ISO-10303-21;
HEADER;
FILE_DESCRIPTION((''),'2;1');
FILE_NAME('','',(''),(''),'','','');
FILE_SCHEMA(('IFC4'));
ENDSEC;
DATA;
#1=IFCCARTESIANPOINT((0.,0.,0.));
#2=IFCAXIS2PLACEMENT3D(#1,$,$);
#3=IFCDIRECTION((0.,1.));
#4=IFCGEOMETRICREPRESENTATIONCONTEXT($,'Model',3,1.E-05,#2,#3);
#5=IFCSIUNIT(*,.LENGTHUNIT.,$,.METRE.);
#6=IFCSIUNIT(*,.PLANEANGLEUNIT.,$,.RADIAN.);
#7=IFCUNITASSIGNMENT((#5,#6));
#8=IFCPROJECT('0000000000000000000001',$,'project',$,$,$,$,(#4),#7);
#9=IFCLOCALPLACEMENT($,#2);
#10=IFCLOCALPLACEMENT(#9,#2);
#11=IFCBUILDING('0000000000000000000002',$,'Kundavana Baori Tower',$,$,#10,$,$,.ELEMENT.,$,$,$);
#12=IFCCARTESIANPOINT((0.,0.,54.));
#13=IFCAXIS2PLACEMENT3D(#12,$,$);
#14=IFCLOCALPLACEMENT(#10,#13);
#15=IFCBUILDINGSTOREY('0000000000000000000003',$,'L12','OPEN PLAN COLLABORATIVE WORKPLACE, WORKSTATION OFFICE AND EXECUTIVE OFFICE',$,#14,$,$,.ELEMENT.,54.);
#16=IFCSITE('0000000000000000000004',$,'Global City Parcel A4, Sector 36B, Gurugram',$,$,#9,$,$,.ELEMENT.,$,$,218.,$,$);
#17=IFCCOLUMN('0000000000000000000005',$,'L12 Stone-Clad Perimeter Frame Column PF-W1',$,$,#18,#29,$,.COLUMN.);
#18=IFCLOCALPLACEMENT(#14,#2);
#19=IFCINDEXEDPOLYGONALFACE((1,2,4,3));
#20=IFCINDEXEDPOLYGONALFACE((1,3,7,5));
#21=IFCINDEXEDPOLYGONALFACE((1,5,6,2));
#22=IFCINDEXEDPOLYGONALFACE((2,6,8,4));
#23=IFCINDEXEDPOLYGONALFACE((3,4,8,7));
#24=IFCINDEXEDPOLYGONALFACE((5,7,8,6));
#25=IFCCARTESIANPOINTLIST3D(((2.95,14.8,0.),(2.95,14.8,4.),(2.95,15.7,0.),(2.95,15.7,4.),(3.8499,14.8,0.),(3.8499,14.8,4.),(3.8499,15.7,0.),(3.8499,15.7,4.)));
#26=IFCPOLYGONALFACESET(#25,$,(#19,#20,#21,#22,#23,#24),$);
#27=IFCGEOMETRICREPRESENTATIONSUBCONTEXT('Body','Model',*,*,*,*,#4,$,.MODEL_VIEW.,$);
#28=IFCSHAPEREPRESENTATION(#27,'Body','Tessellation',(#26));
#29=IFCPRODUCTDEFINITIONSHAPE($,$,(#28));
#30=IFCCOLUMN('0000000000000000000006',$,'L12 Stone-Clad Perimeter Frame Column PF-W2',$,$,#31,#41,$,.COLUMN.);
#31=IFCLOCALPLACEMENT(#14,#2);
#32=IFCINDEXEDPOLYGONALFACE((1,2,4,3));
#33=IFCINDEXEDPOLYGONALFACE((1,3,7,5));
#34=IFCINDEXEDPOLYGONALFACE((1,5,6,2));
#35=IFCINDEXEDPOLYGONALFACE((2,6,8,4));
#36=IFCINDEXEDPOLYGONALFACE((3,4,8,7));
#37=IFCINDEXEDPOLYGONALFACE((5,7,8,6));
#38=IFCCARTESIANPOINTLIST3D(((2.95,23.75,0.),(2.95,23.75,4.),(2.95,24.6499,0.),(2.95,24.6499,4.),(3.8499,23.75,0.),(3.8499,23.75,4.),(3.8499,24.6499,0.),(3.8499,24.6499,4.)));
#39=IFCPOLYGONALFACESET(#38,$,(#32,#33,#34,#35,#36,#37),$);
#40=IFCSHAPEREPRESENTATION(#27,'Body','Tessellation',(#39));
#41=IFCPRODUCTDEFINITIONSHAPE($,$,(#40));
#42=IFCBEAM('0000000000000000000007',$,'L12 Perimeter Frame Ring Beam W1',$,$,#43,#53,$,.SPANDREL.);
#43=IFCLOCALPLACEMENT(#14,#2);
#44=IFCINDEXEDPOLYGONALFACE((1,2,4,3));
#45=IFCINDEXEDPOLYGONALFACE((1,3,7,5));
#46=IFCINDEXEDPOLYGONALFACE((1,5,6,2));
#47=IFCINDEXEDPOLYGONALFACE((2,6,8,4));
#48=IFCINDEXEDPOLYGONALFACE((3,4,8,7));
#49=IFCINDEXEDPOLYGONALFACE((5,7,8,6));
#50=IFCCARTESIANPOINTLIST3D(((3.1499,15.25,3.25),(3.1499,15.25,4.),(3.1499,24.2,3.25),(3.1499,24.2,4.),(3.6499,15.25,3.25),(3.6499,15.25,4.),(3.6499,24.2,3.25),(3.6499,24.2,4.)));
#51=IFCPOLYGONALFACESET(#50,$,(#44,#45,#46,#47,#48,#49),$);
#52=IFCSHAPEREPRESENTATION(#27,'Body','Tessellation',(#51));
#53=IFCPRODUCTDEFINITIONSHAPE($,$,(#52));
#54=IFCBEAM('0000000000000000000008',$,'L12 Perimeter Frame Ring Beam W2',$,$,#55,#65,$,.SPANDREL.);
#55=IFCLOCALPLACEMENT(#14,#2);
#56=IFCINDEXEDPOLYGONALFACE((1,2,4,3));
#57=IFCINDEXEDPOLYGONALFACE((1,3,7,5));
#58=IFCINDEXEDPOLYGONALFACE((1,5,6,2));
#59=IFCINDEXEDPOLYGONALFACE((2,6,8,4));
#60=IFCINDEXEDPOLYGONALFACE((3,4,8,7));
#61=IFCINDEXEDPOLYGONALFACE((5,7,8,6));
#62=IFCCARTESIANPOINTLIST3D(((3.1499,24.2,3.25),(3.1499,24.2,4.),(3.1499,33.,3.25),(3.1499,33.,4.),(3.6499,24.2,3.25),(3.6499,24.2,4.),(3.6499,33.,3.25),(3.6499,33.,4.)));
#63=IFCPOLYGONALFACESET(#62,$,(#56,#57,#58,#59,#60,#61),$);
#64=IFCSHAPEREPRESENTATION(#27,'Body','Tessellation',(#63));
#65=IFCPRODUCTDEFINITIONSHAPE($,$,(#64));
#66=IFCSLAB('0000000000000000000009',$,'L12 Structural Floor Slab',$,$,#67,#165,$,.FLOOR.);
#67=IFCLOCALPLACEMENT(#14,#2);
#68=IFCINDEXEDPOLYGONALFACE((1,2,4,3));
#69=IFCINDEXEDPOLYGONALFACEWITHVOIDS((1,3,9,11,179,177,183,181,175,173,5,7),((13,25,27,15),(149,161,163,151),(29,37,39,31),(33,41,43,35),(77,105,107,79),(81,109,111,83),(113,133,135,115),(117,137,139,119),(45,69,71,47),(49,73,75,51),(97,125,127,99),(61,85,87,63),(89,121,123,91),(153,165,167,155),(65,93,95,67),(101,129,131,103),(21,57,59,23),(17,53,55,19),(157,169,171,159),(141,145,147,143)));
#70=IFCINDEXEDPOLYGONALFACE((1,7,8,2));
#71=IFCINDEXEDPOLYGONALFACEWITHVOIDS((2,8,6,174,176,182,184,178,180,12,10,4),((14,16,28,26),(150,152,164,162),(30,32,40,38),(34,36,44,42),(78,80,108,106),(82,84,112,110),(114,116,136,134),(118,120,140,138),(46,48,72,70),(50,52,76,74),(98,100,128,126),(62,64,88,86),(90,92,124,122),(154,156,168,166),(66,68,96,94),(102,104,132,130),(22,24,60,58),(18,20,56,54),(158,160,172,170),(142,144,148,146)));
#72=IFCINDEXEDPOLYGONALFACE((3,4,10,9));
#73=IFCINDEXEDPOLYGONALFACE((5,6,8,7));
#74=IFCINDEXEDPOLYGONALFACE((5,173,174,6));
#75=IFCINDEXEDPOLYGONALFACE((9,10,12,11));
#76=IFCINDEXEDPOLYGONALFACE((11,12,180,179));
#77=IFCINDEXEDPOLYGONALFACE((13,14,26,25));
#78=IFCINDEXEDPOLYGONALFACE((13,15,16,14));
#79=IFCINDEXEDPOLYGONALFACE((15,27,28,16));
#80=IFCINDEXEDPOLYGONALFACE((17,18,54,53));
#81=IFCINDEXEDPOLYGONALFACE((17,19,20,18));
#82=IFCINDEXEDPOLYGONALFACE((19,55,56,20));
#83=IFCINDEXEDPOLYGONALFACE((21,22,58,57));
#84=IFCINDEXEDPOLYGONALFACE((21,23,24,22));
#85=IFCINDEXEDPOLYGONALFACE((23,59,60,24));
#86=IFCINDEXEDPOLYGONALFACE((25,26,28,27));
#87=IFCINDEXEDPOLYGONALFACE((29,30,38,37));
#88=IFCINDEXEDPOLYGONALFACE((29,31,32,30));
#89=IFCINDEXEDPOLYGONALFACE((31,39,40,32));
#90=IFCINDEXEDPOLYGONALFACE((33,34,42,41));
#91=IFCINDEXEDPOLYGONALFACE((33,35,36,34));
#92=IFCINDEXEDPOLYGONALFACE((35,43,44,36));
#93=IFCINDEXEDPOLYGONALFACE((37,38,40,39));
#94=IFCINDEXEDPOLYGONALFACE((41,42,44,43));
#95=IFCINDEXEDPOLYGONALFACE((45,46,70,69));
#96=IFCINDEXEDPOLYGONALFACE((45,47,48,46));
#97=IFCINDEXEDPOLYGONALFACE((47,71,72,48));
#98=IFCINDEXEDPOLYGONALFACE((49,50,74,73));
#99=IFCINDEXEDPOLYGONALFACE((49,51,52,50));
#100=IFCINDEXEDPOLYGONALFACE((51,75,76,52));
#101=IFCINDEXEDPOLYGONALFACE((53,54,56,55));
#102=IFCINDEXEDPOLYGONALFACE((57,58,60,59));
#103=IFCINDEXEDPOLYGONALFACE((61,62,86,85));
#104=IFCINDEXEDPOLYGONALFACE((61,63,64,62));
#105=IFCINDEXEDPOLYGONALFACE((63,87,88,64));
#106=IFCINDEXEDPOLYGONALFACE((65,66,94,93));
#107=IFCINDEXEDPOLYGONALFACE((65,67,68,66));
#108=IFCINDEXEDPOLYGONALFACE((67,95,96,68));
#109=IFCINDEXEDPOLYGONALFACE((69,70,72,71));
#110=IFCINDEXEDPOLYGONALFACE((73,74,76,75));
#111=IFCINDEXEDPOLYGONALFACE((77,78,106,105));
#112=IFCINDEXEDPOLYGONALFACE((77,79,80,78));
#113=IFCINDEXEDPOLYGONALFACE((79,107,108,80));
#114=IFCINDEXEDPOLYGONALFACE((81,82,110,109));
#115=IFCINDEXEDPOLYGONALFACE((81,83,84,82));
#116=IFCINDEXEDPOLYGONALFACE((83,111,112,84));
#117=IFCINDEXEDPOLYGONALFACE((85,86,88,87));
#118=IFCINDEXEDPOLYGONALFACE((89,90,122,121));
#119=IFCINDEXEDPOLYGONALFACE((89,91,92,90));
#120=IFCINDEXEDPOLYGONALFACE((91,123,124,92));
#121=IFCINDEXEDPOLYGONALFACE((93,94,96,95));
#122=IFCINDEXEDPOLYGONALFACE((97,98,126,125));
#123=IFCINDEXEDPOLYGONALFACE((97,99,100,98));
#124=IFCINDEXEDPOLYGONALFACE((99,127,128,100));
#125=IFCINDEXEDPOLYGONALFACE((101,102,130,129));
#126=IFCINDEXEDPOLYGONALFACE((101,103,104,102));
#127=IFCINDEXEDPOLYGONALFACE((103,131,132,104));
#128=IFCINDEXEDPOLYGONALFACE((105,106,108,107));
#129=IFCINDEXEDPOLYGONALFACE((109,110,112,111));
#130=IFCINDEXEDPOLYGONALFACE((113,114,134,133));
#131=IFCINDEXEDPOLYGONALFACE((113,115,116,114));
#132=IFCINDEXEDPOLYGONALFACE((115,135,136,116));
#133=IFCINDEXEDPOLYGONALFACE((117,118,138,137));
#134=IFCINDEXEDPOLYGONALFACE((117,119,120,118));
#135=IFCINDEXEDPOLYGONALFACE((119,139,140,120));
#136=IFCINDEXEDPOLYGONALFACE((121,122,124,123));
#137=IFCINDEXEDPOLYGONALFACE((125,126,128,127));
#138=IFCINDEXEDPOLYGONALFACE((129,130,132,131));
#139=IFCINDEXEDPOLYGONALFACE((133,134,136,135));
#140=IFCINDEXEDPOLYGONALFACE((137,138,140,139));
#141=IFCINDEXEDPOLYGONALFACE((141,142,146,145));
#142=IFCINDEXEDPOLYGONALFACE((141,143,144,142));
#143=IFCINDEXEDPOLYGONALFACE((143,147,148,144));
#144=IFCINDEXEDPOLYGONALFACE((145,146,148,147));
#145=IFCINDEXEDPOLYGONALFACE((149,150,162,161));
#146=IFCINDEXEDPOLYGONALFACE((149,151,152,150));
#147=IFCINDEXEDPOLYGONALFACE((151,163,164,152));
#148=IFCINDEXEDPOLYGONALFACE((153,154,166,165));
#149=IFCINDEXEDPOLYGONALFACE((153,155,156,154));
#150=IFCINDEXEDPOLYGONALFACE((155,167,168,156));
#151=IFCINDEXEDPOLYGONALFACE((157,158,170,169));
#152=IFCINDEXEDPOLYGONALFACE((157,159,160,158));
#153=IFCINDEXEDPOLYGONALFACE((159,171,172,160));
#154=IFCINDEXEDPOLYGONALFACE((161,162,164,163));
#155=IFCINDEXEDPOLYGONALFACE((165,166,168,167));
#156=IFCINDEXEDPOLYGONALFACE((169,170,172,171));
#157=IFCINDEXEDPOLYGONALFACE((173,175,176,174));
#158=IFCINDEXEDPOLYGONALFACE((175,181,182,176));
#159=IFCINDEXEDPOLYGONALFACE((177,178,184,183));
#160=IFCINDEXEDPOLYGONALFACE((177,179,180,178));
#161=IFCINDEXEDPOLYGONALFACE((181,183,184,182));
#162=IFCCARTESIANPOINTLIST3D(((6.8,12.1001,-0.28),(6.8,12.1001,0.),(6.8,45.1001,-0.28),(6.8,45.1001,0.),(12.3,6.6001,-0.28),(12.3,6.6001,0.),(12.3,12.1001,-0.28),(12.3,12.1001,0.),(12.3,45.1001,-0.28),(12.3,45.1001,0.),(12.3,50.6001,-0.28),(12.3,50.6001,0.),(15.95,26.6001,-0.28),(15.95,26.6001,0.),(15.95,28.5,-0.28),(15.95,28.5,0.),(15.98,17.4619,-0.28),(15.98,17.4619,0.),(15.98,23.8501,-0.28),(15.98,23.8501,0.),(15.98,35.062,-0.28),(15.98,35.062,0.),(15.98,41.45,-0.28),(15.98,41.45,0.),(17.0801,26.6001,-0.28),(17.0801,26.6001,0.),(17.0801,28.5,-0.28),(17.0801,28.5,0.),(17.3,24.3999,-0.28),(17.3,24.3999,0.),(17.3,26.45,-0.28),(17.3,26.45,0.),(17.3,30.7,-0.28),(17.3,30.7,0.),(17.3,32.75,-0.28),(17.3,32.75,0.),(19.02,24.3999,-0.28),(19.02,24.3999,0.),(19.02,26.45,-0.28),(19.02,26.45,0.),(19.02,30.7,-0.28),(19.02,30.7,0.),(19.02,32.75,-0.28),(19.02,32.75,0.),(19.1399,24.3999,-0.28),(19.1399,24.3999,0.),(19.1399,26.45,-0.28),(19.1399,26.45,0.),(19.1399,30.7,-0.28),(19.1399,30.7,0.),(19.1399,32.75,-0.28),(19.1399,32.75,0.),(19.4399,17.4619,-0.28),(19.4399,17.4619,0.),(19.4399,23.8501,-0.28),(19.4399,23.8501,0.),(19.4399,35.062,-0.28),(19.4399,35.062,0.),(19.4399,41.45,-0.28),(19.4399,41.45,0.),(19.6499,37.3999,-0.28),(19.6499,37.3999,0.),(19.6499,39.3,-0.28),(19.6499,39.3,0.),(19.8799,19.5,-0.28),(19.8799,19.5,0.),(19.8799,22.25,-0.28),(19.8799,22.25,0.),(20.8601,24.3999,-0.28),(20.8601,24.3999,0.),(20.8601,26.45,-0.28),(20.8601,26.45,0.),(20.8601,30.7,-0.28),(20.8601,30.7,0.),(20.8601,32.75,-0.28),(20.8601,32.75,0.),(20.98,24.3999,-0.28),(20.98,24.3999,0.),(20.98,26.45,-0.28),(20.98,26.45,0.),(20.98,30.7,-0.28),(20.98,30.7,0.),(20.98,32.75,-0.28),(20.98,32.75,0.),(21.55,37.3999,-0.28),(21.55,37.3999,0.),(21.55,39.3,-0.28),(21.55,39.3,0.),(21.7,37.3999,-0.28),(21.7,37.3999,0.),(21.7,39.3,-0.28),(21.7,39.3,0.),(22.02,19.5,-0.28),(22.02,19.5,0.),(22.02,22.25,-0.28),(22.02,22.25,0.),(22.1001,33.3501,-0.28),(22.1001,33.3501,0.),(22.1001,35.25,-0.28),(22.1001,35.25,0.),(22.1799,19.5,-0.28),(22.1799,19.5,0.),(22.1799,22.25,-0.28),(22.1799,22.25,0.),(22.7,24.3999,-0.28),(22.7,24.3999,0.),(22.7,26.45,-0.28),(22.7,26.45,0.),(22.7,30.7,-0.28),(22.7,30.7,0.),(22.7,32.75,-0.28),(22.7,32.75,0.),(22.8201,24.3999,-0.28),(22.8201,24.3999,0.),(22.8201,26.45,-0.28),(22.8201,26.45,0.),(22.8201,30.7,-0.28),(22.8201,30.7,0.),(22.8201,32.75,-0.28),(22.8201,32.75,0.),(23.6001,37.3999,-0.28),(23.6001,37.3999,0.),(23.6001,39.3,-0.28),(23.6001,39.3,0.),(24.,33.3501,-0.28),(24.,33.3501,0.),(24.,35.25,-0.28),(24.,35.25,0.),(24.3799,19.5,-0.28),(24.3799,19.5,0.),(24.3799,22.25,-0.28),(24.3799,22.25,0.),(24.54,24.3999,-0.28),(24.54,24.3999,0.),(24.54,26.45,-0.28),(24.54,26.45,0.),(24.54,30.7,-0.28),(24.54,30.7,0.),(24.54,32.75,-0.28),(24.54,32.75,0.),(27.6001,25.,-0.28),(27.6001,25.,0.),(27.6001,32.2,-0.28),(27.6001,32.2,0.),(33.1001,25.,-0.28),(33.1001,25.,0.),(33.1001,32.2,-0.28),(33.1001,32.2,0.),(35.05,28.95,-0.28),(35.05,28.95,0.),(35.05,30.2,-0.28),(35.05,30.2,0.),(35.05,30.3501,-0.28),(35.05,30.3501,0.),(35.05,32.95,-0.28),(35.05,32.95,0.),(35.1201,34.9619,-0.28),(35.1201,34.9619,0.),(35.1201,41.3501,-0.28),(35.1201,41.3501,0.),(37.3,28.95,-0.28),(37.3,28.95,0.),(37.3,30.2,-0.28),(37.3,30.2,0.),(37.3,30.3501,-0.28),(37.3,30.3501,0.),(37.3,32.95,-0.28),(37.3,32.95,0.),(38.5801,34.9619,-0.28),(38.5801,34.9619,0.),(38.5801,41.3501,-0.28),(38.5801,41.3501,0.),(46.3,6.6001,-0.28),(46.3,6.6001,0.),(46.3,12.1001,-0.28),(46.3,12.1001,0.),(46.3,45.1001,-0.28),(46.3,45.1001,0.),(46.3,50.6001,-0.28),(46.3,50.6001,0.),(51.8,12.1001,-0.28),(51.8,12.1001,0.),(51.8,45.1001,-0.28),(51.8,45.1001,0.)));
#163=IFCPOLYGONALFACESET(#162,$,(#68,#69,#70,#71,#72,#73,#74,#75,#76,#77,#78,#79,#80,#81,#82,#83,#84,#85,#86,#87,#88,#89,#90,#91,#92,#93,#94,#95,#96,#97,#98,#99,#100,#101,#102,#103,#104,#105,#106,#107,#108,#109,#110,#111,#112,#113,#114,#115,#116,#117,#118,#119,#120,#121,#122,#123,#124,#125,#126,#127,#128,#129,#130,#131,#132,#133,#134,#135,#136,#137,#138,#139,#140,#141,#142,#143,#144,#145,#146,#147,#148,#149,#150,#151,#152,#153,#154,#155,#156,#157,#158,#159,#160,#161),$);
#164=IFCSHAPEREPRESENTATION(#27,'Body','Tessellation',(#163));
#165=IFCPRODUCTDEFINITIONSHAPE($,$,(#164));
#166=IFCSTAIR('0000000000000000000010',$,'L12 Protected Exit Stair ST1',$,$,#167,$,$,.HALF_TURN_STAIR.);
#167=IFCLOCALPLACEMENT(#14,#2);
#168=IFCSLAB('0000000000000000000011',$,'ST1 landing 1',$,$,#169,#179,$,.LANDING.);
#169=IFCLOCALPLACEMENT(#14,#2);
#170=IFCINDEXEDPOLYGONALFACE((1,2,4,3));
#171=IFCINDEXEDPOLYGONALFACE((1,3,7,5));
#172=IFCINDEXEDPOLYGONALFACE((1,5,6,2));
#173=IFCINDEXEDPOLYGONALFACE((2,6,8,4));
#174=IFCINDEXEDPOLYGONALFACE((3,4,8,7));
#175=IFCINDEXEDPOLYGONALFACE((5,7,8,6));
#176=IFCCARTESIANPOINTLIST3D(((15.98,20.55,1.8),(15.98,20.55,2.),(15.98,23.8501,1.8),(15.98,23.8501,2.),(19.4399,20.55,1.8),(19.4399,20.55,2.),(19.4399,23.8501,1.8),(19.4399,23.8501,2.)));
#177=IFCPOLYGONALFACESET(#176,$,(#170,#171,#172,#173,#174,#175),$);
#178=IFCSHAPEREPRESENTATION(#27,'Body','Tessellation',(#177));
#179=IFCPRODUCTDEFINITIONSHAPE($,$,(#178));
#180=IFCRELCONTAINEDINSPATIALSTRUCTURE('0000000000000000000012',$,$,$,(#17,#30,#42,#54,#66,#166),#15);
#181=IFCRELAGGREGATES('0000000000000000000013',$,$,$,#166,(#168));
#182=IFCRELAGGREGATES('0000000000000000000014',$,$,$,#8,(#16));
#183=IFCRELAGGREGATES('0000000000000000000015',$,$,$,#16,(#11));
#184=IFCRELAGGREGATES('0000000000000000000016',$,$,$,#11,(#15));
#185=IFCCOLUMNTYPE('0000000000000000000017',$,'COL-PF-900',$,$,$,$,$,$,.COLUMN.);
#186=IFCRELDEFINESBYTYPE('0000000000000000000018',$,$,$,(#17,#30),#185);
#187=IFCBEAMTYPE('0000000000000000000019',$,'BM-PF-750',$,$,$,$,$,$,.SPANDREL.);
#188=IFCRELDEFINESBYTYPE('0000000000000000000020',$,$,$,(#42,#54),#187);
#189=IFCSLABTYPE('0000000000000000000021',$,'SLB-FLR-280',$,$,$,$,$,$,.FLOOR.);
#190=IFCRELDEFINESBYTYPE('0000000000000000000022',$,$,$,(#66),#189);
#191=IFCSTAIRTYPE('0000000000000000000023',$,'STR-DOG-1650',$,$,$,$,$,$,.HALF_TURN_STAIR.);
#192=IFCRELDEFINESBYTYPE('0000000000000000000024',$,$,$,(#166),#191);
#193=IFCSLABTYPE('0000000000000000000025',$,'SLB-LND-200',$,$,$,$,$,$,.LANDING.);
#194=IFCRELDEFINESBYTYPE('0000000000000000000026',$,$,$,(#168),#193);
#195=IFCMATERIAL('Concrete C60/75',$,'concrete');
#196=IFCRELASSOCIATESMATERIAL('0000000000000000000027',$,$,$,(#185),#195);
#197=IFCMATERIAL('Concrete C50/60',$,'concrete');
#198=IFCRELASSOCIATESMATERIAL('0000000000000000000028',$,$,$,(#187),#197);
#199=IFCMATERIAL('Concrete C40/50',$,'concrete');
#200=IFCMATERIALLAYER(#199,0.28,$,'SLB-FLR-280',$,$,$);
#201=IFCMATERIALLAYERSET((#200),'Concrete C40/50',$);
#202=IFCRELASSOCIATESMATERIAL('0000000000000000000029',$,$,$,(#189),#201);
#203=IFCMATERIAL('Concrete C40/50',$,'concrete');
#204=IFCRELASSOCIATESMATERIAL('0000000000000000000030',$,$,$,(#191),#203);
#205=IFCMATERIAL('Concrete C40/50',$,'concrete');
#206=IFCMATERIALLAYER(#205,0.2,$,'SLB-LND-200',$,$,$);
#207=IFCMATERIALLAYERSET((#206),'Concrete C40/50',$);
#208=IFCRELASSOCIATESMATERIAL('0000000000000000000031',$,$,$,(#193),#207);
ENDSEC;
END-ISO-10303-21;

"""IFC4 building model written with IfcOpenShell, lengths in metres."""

from ifc_helpers import new_model, si_unit, direction, frame, origin, origin_2d, place, context, subcontext, project, spatial, polyline, rectangle, outline, extrude, material, layer, layer_set, material_profile, profile_set, type_object, element, aggregate, save


model = new_model("IFC4")

# Units and contexts
model_context = context("Model", 3, precision=1e-05, world=origin(), true_north=direction((0.0, 1.0)))
body_context = subcontext(model_context, "Body", "Model", "MODEL_VIEW")
ifc_project = project(units=[si_unit("LENGTHUNIT", "METRE"), si_unit("PLANEANGLEUNIT", "RADIAN")], contexts=[model_context])

# Site, building, storey
site_placement = place(None, origin())
site = spatial("IfcSite", under=ifc_project, at=site_placement, Name="Global City Parcel A4, Sector 36B, Gurugram", CompositionType="ELEMENT", RefElevation=218.0)
building_placement = place(site_placement, origin())
building = spatial("IfcBuilding", under=site, at=building_placement, Name="Kundavana Baori Tower", CompositionType="ELEMENT")
storey_placement = place(building_placement, frame((0.0, 0.0, 54.0)))
storey = spatial("IfcBuildingStorey", under=building, at=storey_placement, Name="L12", Description="OPEN PLAN COLLABORATIVE WORKPLACE, WORKSTATION OFFICE AND EXECUTIVE OFFICE", CompositionType="ELEMENT", Elevation=54.0)

# Columns
ifc_material_1 = material(Name="Concrete C60/75", Category="concrete")
ifc_material_profile_1 = material_profile(ifc_material_1, rectangle(XDim=0.8999, YDim=0.8999, at=origin_2d()), Name="RC PF 900x900")
ifc_profile_set_1 = profile_set([ifc_material_profile_1], Name="Concrete C60/75")
column_type = type_object("IfcColumnType", Name="COL-PF-900", PredefinedType="COLUMN", material=ifc_profile_set_1)
for number, where, z_axis, x_axis, name in (
    (1, (3.3999, 15.25, 0.0), (0.0, 0.0, 1.0), (1.0, 0.0, 0.0), "L12 Stone-Clad Perimeter Frame Column PF-W1"),
    (2, (3.3999, 24.2, 0.0), (0.0, 0.0, 1.0), (1.0, 0.0, 0.0), "L12 Stone-Clad Perimeter Frame Column PF-W2"),
):
    element("IfcColumn", number, at=place(storey_placement, frame(where, z_axis=z_axis, x_axis=x_axis)), inside=storey, type_object=column_type, Name=name, PredefinedType="COLUMN", context=body_context, shape_type="SweptSolid", body=[
        extrude(rectangle(XDim=0.8999, YDim=0.8999, at=origin_2d()), origin(), (0.0, 0.0, 1.0), 4.0),
    ])

# Beams
ifc_material_2 = material(Name="Concrete C50/60", Category="concrete")
ifc_material_profile_2 = material_profile(ifc_material_2, rectangle(XDim=0.5, YDim=0.75, at=origin_2d()), Name="RC BM 500x750")
ifc_profile_set_2 = profile_set([ifc_material_profile_2], Name="Concrete C50/60")
beam_type = type_object("IfcBeamType", Name="BM-PF-750", PredefinedType="SPANDREL", material=ifc_profile_set_2)
beam_1_placement = place(storey_placement, frame((3.3999, 15.25, 3.625), z_axis=(0.0, 1.0, 0.0), x_axis=(-1.0, 0.0, 0.0)))
element("IfcBeam", 3, at=beam_1_placement, inside=storey, type_object=beam_type, Name="L12 Perimeter Frame Ring Beam W1", PredefinedType="SPANDREL", context=body_context, shape_type="SweptSolid", body=[
    extrude(rectangle(XDim=0.5, YDim=0.75, at=origin_2d()), origin(), (0.0, 0.0, 1.0), 8.95),
])
beam_2_placement = place(storey_placement, frame((3.3999, 24.2, 3.625), z_axis=(0.0, 1.0, 0.0), x_axis=(-1.0, 0.0, 0.0)))
element("IfcBeam", 4, at=beam_2_placement, inside=storey, type_object=beam_type, Name="L12 Perimeter Frame Ring Beam W2", PredefinedType="SPANDREL", context=body_context, shape_type="SweptSolid", body=[
    extrude(rectangle(XDim=0.5, YDim=0.75, at=origin_2d()), origin(), (0.0, 0.0, 1.0), 8.8),
])

# Slab
ifc_material_3 = material(Name="Concrete C40/50", Category="concrete")
ifc_layer_1 = layer(ifc_material_3, 0.28, Name="SLB-FLR-280")
ifc_layer_set_1 = layer_set([ifc_layer_1], Name="Concrete C40/50")
slab_type_1 = type_object("IfcSlabType", Name="SLB-FLR-280", PredefinedType="FLOOR", material=ifc_layer_set_1)
slab_1_placement = place(storey_placement, frame((0.0, 0.0, -0.28)))
element("IfcSlab", 5, at=slab_1_placement, inside=storey, type_object=slab_type_1, Name="L12 Structural Floor Slab", PredefinedType="FLOOR", context=body_context, shape_type="SweptSolid", body=[
    extrude(outline(polyline([(12.3, 6.6001), (46.3, 6.6001), (46.3, 12.1001), (51.8, 12.1001), (51.8, 45.1001), (46.3, 45.1001), (46.3, 50.6001), (12.3, 50.6001), (12.3, 45.1001), (6.8, 45.1001), (6.8, 12.1001), (12.3, 12.1001), (12.3, 6.6001)]), holes=[polyline([(19.4399, 17.4619), (19.4399, 23.8501), (15.98, 23.8501), (15.98, 17.4619), (19.4399, 17.4619)]), polyline([(19.4399, 35.062), (19.4399, 41.45), (15.98, 41.45), (15.98, 35.062), (19.4399, 35.062)]), polyline([(38.5801, 34.9619), (38.5801, 41.3501), (35.1201, 41.3501), (35.1201, 34.9619), (38.5801, 34.9619)]), polyline([(17.3, 24.3999), (19.02, 24.3999), (19.02, 26.45), (17.3, 26.45), (17.3, 24.3999)]), polyline([(19.1399, 24.3999), (20.8601, 24.3999), (20.8601, 26.45), (19.1399, 26.45), (19.1399, 24.3999)]), polyline([(20.98, 24.3999), (22.7, 24.3999), (22.7, 26.45), (20.98, 26.45), (20.98, 24.3999)]), polyline([(22.8201, 24.3999), (24.54, 24.3999), (24.54, 26.45), (22.8201, 26.45), (22.8201, 24.3999)]), polyline([(17.3, 30.7), (19.02, 30.7), (19.02, 32.75), (17.3, 32.75), (17.3, 30.7)]), polyline([(19.1399, 30.7), (20.8601, 30.7), (20.8601, 32.75), (19.1399, 32.75), (19.1399, 30.7)]), polyline([(20.98, 30.7), (22.7, 30.7), (22.7, 32.75), (20.98, 32.75), (20.98, 30.7)]), polyline([(22.8201, 30.7), (24.54, 30.7), (24.54, 32.75), (22.8201, 32.75), (22.8201, 30.7)]), polyline([(19.6499, 37.3999), (21.55, 37.3999), (21.55, 39.3), (19.6499, 39.3), (19.6499, 37.3999)]), polyline([(21.7, 37.3999), (23.6001, 37.3999), (23.6001, 39.3), (21.7, 39.3), (21.7, 37.3999)]), polyline([(22.1001, 33.3501), (24.0, 33.3501), (24.0, 35.25), (22.1001, 35.25), (22.1001, 33.3501)]), polyline([(19.8799, 19.5), (22.02, 19.5), (22.02, 22.25), (19.8799, 22.25), (19.8799, 19.5)]), polyline([(22.1799, 19.5), (24.3799, 19.5), (24.3799, 22.25), (22.1799, 22.25), (22.1799, 19.5)]), polyline([(35.05, 30.3501), (37.3, 30.3501), (37.3, 32.95), (35.05, 32.95), (35.05, 30.3501)]), polyline([(15.95, 26.6001), (17.0801, 26.6001), (17.0801, 28.5), (15.95, 28.5), (15.95, 26.6001)]), polyline([(35.05, 28.95), (37.3, 28.95), (37.3, 30.2), (35.05, 30.2), (35.05, 28.95)]), polyline([(27.6001, 25.0), (33.1001, 25.0), (33.1001, 32.2), (27.6001, 32.2), (27.6001, 25.0)])]), origin(), (0.0, 0.0, 1.0), 0.28),
])

# Stair, slab
ifc_material_4 = material(Name="Concrete C40/50", Category="concrete")
stair_type = type_object("IfcStairType", Name="STR-DOG-1650", PredefinedType="HALF_TURN_STAIR", material=ifc_material_4)
stair_1_placement = place(storey_placement, origin())
stair_1 = element("IfcStair", 6, at=stair_1_placement, inside=storey, type_object=stair_type, Name="L12 Protected Exit Stair ST1", PredefinedType="HALF_TURN_STAIR")
ifc_material_5 = material(Name="Concrete C40/50", Category="concrete")
ifc_layer_2 = layer(ifc_material_5, 0.2, Name="SLB-LND-200")
ifc_layer_set_2 = layer_set([ifc_layer_2], Name="Concrete C40/50")
slab_type_2 = type_object("IfcSlabType", Name="SLB-LND-200", PredefinedType="LANDING", material=ifc_layer_set_2)
slab_2_placement = place(storey_placement, frame((0.0, 0.0, 1.8)))
slab_2 = element("IfcSlab", 7, at=slab_2_placement, type_object=slab_type_2, Name="ST1 landing 1", PredefinedType="LANDING", context=body_context, shape_type="SweptSolid", body=[
    extrude(outline(polyline([(19.4399, 20.55), (19.4399, 23.8501), (15.98, 23.8501), (15.98, 20.55), (19.4399, 20.55)])), origin(), (0.0, 0.0, 1.0), 0.2),
])
aggregate(stair_1, [slab_2])

save(model, "model.ifc")
